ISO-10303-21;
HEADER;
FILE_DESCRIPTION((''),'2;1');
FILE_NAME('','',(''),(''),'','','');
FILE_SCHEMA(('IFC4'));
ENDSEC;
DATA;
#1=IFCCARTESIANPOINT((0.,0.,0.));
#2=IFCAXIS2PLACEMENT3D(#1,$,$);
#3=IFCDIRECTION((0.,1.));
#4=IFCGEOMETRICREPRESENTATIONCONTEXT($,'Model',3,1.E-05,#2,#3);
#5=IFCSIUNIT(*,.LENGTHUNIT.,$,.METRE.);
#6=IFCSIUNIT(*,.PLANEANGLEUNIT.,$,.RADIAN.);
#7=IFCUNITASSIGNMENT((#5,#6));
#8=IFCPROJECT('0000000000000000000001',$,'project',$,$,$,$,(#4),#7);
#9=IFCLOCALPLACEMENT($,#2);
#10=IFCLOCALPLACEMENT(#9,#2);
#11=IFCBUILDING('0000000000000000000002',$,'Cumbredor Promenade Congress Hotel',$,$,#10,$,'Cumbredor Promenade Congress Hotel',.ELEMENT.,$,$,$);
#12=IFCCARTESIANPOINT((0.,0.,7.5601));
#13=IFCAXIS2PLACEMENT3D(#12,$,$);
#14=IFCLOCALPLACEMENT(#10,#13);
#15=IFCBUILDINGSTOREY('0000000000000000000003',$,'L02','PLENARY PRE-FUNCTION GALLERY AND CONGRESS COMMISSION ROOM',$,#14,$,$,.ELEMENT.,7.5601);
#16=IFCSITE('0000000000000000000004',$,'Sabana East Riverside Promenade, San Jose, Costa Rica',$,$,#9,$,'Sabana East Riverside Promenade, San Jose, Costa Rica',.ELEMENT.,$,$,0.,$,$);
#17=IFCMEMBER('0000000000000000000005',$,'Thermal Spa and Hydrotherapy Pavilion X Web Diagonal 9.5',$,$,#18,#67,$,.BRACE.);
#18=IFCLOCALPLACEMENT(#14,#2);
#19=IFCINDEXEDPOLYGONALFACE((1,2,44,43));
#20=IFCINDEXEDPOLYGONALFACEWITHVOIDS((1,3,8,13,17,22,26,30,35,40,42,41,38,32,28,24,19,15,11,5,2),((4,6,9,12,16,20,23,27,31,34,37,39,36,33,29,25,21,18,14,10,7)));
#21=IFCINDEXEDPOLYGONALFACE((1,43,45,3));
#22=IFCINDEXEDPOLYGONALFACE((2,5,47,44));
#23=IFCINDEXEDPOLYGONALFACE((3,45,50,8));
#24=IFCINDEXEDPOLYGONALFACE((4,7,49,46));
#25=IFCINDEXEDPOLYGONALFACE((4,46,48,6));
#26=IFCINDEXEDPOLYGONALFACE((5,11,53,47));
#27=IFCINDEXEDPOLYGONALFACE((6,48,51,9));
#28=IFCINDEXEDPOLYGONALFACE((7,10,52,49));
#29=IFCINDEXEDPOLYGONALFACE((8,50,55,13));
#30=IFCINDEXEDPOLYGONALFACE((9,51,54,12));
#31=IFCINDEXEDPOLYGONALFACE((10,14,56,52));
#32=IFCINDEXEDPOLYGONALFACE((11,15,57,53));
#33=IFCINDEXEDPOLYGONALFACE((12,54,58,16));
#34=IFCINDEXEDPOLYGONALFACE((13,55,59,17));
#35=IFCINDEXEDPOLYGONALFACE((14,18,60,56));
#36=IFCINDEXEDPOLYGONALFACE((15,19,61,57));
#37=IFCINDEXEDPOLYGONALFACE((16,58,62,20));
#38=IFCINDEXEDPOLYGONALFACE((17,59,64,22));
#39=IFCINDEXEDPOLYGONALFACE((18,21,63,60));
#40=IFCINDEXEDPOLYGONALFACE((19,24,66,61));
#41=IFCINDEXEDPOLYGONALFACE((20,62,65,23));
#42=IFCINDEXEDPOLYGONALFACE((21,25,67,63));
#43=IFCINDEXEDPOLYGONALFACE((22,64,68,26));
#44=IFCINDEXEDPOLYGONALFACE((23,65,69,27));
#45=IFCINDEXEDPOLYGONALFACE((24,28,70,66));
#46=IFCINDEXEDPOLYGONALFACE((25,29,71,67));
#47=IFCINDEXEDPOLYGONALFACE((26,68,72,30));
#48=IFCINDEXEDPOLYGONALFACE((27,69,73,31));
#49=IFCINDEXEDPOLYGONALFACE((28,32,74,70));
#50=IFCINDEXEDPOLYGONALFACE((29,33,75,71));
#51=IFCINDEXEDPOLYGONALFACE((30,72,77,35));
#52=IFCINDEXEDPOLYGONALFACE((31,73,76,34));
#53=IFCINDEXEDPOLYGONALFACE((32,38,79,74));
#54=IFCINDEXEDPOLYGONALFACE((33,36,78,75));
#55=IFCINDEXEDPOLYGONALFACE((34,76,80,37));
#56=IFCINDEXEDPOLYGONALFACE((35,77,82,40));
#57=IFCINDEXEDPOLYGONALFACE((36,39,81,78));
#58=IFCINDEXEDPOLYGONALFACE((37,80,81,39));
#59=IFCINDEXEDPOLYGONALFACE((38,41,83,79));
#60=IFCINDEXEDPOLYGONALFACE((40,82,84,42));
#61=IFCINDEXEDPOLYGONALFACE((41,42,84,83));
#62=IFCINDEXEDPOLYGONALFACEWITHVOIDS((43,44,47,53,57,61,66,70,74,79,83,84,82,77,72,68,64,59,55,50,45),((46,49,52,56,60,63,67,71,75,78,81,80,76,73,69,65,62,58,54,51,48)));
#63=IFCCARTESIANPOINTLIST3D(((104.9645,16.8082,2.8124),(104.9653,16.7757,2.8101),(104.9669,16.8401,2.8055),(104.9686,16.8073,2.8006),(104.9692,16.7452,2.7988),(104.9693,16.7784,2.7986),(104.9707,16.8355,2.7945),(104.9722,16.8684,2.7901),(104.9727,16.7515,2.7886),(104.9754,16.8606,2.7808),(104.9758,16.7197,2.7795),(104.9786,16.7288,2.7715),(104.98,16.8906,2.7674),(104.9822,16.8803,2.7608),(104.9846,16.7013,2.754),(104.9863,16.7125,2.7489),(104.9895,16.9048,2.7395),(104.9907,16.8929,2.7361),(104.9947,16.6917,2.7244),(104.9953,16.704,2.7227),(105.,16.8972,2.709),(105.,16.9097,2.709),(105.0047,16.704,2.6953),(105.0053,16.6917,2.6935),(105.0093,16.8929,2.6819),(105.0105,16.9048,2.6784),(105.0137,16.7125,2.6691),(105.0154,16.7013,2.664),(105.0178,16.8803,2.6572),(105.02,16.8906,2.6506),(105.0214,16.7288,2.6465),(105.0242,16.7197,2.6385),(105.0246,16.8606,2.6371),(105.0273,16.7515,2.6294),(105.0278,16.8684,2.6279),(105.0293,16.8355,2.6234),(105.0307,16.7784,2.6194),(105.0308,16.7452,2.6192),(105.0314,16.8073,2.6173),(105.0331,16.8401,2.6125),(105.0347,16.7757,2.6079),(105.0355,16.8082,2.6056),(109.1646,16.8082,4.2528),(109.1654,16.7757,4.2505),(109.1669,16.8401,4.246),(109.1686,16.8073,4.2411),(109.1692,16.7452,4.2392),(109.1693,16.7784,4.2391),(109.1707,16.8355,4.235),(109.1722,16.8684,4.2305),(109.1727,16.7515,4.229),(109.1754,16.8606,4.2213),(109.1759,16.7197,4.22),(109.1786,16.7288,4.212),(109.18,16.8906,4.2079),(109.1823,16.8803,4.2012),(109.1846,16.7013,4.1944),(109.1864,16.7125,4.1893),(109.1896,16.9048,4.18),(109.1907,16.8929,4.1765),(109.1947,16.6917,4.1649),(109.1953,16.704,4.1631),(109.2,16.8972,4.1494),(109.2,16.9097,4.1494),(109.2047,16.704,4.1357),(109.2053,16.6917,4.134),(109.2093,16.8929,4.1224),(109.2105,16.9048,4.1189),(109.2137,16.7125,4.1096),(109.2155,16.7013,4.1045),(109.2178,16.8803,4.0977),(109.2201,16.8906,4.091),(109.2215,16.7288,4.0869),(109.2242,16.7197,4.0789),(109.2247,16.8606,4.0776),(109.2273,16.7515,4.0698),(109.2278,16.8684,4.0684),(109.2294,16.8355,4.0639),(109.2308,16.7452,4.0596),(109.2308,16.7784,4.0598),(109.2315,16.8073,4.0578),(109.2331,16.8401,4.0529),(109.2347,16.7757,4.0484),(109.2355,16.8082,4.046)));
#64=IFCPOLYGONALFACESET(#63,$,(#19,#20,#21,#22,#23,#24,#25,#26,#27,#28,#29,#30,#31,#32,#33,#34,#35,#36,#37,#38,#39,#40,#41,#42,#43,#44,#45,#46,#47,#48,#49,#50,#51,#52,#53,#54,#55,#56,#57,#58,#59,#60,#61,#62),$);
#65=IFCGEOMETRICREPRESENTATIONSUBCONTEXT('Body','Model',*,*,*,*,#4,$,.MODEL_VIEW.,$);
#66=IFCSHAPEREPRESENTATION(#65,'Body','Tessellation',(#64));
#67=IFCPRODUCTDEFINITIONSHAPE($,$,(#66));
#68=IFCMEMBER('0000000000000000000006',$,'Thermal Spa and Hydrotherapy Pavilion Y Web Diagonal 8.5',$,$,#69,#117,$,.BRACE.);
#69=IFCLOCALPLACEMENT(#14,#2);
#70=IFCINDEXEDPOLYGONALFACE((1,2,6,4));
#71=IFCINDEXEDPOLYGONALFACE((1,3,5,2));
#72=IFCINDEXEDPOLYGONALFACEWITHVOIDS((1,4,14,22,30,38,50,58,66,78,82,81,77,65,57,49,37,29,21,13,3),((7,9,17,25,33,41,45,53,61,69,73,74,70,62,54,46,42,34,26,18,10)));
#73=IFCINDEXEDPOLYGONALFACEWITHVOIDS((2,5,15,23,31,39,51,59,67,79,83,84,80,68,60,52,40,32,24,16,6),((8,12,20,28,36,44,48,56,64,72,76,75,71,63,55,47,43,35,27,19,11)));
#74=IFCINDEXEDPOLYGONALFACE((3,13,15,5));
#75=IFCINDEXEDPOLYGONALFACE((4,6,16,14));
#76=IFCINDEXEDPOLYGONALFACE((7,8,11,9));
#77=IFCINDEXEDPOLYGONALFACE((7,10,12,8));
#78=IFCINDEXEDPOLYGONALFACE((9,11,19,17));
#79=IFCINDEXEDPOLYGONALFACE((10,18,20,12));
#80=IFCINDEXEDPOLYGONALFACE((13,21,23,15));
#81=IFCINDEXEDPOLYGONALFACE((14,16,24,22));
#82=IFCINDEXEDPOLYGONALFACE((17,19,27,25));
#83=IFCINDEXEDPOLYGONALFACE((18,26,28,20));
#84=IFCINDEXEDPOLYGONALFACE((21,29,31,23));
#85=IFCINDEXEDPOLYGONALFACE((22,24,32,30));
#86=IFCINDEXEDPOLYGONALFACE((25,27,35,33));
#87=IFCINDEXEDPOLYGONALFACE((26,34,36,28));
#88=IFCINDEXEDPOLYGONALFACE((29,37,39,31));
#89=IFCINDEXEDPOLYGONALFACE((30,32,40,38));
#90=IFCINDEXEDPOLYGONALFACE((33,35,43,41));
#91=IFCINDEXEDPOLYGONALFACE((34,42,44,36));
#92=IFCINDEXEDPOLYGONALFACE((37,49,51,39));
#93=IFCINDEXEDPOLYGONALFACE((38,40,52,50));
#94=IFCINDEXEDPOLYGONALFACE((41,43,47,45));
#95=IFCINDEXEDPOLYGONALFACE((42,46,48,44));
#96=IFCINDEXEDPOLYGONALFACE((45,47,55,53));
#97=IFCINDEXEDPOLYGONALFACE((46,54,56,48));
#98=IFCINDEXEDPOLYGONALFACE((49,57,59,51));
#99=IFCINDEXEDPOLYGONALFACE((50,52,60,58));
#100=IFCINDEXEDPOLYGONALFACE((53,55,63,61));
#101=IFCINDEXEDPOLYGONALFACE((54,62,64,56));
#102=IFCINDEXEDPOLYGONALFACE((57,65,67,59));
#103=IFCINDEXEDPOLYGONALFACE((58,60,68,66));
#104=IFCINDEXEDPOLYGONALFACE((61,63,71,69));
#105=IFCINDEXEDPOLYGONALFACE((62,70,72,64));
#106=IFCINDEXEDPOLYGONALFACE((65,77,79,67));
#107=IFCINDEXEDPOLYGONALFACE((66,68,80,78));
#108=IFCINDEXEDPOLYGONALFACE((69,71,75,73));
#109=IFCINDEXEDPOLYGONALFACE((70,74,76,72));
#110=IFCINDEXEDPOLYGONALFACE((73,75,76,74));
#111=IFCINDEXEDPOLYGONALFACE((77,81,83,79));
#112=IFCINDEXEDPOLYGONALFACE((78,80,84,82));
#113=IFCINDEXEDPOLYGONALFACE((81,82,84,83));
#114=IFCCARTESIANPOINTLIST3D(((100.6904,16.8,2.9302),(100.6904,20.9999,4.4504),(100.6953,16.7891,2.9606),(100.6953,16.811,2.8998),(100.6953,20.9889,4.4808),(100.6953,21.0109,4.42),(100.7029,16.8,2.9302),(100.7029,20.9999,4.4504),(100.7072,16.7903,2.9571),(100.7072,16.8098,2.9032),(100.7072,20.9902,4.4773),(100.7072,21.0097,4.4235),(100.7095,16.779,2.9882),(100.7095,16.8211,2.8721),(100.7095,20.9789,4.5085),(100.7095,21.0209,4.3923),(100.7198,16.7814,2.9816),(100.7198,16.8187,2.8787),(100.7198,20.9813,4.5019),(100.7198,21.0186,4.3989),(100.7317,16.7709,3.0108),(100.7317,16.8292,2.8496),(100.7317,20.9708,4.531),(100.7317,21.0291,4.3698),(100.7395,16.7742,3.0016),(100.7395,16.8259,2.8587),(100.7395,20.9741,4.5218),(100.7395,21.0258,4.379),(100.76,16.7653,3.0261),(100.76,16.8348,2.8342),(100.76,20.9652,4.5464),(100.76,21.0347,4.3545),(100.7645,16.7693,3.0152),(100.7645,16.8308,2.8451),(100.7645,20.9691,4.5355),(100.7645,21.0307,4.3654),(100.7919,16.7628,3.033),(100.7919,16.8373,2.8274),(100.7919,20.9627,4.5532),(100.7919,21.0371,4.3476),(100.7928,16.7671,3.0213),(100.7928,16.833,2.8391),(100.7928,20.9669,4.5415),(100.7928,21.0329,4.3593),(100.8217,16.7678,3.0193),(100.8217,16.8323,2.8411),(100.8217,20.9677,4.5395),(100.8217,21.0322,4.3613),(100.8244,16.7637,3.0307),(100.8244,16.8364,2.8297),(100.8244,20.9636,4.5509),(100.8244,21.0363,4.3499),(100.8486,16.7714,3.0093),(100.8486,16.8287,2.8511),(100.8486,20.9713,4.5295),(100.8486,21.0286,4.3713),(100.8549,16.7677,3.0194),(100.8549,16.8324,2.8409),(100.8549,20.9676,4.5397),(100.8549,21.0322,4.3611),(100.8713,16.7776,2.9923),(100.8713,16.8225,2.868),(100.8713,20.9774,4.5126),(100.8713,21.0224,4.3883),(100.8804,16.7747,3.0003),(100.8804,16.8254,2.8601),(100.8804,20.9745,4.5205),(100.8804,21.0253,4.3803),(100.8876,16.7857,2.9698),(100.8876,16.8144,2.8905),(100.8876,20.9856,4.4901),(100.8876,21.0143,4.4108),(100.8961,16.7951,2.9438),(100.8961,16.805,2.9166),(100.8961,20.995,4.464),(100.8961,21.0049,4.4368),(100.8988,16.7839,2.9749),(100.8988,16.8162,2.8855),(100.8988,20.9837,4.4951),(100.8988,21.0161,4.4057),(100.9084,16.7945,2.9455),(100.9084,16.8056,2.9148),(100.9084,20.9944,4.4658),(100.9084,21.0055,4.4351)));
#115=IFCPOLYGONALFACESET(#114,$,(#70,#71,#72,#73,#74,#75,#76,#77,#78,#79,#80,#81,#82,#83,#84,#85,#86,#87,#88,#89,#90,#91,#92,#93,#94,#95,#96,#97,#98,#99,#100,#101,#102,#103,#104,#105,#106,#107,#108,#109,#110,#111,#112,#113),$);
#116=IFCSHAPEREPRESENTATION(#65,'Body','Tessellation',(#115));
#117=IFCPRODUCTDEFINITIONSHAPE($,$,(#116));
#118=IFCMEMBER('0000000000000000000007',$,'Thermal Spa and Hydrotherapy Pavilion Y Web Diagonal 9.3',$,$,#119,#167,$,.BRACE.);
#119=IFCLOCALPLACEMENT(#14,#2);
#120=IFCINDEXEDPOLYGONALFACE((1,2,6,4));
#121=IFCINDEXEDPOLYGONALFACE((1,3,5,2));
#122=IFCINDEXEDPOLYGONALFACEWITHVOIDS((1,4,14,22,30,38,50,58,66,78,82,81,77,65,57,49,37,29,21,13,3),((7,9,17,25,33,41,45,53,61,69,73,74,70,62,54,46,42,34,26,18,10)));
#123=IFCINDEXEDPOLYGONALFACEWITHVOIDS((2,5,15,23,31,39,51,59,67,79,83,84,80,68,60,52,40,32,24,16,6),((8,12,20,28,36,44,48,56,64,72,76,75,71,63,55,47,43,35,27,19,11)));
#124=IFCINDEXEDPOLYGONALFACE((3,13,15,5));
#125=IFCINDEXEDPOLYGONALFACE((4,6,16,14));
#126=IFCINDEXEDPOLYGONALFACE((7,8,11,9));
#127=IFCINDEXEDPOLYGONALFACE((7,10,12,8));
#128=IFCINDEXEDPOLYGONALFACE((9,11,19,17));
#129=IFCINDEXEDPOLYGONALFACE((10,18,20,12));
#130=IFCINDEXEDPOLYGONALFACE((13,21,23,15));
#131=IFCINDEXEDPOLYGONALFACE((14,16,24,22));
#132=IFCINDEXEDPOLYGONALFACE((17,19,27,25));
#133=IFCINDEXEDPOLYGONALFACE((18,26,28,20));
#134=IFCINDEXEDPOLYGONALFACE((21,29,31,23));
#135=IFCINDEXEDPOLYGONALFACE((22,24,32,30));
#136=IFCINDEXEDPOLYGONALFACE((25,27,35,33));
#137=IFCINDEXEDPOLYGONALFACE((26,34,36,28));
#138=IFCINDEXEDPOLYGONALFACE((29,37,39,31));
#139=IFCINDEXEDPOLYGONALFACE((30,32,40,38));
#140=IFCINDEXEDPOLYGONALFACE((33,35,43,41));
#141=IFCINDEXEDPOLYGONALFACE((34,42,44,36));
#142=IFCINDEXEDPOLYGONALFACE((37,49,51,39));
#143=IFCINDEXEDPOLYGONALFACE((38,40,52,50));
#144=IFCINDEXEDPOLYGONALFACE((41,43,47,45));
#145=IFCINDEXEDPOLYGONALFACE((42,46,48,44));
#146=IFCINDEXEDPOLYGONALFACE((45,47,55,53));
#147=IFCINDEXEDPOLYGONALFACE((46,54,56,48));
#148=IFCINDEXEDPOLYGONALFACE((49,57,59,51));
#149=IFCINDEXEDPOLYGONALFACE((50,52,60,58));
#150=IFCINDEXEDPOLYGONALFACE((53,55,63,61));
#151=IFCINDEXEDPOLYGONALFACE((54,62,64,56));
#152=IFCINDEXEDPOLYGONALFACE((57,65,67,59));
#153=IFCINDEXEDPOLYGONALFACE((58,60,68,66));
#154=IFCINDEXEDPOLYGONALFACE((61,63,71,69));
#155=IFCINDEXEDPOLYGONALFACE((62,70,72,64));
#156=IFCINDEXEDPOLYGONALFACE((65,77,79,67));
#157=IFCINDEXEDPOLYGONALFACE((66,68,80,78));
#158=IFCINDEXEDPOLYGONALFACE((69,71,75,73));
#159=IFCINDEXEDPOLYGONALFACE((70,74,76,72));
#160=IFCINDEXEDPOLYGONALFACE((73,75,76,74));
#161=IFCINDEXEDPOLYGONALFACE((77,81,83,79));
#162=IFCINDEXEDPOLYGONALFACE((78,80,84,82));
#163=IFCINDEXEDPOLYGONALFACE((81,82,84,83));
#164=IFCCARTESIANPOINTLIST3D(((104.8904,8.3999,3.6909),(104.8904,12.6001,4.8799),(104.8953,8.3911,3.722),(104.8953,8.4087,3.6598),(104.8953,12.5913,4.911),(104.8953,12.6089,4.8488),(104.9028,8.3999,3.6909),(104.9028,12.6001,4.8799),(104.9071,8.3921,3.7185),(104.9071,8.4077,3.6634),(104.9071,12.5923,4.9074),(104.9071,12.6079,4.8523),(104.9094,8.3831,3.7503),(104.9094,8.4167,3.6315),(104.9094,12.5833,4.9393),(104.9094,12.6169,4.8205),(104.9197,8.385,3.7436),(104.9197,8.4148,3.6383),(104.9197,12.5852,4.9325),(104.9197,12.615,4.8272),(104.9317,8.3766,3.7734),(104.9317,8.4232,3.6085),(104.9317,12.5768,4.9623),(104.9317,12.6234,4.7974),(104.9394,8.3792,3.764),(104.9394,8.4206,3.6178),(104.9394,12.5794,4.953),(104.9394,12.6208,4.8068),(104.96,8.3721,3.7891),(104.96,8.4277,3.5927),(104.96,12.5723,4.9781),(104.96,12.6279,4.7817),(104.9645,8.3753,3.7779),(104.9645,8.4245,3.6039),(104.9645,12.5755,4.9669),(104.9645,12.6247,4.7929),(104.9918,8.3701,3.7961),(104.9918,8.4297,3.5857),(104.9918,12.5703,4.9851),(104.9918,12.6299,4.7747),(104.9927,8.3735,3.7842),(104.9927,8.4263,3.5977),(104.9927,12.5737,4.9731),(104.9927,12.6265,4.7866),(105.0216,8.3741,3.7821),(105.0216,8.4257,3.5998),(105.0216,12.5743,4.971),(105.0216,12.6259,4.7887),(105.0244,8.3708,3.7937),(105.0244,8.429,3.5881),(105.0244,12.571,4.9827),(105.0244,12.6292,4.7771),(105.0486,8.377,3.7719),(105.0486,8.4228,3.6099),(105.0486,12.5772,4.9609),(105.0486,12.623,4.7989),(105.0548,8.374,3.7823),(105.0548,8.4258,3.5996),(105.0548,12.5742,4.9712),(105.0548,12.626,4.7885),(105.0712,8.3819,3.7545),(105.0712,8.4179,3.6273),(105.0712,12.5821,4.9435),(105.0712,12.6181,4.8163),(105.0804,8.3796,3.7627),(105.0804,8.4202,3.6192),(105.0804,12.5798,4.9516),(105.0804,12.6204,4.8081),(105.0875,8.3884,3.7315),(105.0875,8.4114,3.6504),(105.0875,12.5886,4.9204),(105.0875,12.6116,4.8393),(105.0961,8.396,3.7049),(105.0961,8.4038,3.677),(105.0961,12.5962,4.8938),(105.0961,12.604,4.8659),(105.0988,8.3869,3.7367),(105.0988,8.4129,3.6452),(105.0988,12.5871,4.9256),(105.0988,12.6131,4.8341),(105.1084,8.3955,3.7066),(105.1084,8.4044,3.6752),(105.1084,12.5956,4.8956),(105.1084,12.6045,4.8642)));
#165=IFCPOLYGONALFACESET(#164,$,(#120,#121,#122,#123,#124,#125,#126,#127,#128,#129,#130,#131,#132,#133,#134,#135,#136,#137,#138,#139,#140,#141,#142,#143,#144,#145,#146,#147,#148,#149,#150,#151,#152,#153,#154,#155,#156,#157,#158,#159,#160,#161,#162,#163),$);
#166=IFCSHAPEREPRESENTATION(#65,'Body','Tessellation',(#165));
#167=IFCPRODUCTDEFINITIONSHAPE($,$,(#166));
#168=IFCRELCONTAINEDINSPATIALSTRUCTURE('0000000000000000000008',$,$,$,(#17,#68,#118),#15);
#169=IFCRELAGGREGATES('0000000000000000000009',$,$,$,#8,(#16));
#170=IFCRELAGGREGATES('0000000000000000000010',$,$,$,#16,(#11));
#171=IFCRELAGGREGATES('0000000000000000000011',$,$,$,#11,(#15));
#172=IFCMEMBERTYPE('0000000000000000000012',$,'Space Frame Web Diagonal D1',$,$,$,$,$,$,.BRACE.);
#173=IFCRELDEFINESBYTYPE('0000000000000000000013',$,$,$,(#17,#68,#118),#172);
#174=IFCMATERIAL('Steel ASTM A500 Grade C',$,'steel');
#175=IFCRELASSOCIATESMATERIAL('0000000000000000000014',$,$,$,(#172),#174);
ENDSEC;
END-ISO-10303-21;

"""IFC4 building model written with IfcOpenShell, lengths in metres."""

from ifc_helpers import new_model, si_unit, direction, frame, origin, origin_2d, place, context, subcontext, project, spatial, hollow_circle, extrude, material, material_profile, profile_set, type_object, element, save


model = new_model("IFC4")

# Units and contexts
model_context = context("Model", 3, precision=1e-05, world=origin(), true_north=direction((0.0, 1.0)))
body_context = subcontext(model_context, "Body", "Model", "MODEL_VIEW")
ifc_project = project(units=[si_unit("LENGTHUNIT", "METRE"), si_unit("PLANEANGLEUNIT", "RADIAN")], contexts=[model_context])

# Site, building, storey
site_placement = place(None, origin())
site = spatial("IfcSite", under=ifc_project, at=site_placement, Name="Sabana East Riverside Promenade, San Jose, Costa Rica", LongName="Sabana East Riverside Promenade, San Jose, Costa Rica", CompositionType="ELEMENT", RefElevation=0.0)
building_placement = place(site_placement, origin())
building = spatial("IfcBuilding", under=site, at=building_placement, Name="Cumbredor Promenade Congress Hotel", LongName="Cumbredor Promenade Congress Hotel", CompositionType="ELEMENT")
storey_placement = place(building_placement, frame((0.0, 0.0, 7.5601)))
storey = spatial("IfcBuildingStorey", under=building, at=storey_placement, Name="L02", Description="PLENARY PRE-FUNCTION GALLERY AND CONGRESS COMMISSION ROOM", CompositionType="ELEMENT", Elevation=7.5601)

# Members
ifc_material_1 = material(Name="Steel ASTM A500 Grade C", Category="steel")
ifc_material_profile_1 = material_profile(ifc_material_1, hollow_circle(Radius=0.1096, WallThickness=0.0125, at=origin_2d()), Name="CHS 219.1x12.5")
ifc_profile_set_1 = profile_set([ifc_material_profile_1], Name="Steel ASTM A500 Grade C")
member_type_1 = type_object("IfcMemberType", Name="Space Frame Web Diagonal D1", PredefinedType="BRACE", material=ifc_profile_set_1)
member_1_placement = place(storey_placement, frame((105.0, 16.8, 2.709), z_axis=(0.945915, 0.0, 0.324414), x_axis=(0.0, 1.0, 0.0)))
element("IfcMember", 1, at=member_1_placement, inside=storey, type_object=member_type_1, Name="Thermal Spa and Hydrotherapy Pavilion X Web Diagonal 9.5", PredefinedType="BRACE", context=body_context, shape_type="SweptSolid", body=[
    extrude(hollow_circle(Radius=0.1096, WallThickness=0.0125, at=origin_2d()), origin(), (0.0, 0.0, 1.0), 4.4402),
])
member_2_placement = place(storey_placement, frame((100.8, 16.8, 2.9302), z_axis=(0.0, 0.940295, 0.34036), x_axis=(-1.0, 0.0, 0.0)))
element("IfcMember", 2, at=member_2_placement, inside=storey, type_object=member_type_1, Name="Thermal Spa and Hydrotherapy Pavilion Y Web Diagonal 8.5", PredefinedType="BRACE", context=body_context, shape_type="SweptSolid", body=[
    extrude(hollow_circle(Radius=0.1096, WallThickness=0.0125, at=origin_2d()), origin(), (0.0, 0.0, 1.0), 4.4666),
])
member_3_placement = place(storey_placement, frame((105.0, 8.3999, 3.6909), z_axis=(0.0, 0.962192, 0.272371), x_axis=(-1.0, 0.0, 0.0)))
element("IfcMember", 3, at=member_3_placement, inside=storey, type_object=member_type_1, Name="Thermal Spa and Hydrotherapy Pavilion Y Web Diagonal 9.3", PredefinedType="BRACE", context=body_context, shape_type="SweptSolid", body=[
    extrude(hollow_circle(Radius=0.1096, WallThickness=0.0125, at=origin_2d()), origin(), (0.0, 0.0, 1.0), 4.3652),
])

save(model, "model.ifc")
